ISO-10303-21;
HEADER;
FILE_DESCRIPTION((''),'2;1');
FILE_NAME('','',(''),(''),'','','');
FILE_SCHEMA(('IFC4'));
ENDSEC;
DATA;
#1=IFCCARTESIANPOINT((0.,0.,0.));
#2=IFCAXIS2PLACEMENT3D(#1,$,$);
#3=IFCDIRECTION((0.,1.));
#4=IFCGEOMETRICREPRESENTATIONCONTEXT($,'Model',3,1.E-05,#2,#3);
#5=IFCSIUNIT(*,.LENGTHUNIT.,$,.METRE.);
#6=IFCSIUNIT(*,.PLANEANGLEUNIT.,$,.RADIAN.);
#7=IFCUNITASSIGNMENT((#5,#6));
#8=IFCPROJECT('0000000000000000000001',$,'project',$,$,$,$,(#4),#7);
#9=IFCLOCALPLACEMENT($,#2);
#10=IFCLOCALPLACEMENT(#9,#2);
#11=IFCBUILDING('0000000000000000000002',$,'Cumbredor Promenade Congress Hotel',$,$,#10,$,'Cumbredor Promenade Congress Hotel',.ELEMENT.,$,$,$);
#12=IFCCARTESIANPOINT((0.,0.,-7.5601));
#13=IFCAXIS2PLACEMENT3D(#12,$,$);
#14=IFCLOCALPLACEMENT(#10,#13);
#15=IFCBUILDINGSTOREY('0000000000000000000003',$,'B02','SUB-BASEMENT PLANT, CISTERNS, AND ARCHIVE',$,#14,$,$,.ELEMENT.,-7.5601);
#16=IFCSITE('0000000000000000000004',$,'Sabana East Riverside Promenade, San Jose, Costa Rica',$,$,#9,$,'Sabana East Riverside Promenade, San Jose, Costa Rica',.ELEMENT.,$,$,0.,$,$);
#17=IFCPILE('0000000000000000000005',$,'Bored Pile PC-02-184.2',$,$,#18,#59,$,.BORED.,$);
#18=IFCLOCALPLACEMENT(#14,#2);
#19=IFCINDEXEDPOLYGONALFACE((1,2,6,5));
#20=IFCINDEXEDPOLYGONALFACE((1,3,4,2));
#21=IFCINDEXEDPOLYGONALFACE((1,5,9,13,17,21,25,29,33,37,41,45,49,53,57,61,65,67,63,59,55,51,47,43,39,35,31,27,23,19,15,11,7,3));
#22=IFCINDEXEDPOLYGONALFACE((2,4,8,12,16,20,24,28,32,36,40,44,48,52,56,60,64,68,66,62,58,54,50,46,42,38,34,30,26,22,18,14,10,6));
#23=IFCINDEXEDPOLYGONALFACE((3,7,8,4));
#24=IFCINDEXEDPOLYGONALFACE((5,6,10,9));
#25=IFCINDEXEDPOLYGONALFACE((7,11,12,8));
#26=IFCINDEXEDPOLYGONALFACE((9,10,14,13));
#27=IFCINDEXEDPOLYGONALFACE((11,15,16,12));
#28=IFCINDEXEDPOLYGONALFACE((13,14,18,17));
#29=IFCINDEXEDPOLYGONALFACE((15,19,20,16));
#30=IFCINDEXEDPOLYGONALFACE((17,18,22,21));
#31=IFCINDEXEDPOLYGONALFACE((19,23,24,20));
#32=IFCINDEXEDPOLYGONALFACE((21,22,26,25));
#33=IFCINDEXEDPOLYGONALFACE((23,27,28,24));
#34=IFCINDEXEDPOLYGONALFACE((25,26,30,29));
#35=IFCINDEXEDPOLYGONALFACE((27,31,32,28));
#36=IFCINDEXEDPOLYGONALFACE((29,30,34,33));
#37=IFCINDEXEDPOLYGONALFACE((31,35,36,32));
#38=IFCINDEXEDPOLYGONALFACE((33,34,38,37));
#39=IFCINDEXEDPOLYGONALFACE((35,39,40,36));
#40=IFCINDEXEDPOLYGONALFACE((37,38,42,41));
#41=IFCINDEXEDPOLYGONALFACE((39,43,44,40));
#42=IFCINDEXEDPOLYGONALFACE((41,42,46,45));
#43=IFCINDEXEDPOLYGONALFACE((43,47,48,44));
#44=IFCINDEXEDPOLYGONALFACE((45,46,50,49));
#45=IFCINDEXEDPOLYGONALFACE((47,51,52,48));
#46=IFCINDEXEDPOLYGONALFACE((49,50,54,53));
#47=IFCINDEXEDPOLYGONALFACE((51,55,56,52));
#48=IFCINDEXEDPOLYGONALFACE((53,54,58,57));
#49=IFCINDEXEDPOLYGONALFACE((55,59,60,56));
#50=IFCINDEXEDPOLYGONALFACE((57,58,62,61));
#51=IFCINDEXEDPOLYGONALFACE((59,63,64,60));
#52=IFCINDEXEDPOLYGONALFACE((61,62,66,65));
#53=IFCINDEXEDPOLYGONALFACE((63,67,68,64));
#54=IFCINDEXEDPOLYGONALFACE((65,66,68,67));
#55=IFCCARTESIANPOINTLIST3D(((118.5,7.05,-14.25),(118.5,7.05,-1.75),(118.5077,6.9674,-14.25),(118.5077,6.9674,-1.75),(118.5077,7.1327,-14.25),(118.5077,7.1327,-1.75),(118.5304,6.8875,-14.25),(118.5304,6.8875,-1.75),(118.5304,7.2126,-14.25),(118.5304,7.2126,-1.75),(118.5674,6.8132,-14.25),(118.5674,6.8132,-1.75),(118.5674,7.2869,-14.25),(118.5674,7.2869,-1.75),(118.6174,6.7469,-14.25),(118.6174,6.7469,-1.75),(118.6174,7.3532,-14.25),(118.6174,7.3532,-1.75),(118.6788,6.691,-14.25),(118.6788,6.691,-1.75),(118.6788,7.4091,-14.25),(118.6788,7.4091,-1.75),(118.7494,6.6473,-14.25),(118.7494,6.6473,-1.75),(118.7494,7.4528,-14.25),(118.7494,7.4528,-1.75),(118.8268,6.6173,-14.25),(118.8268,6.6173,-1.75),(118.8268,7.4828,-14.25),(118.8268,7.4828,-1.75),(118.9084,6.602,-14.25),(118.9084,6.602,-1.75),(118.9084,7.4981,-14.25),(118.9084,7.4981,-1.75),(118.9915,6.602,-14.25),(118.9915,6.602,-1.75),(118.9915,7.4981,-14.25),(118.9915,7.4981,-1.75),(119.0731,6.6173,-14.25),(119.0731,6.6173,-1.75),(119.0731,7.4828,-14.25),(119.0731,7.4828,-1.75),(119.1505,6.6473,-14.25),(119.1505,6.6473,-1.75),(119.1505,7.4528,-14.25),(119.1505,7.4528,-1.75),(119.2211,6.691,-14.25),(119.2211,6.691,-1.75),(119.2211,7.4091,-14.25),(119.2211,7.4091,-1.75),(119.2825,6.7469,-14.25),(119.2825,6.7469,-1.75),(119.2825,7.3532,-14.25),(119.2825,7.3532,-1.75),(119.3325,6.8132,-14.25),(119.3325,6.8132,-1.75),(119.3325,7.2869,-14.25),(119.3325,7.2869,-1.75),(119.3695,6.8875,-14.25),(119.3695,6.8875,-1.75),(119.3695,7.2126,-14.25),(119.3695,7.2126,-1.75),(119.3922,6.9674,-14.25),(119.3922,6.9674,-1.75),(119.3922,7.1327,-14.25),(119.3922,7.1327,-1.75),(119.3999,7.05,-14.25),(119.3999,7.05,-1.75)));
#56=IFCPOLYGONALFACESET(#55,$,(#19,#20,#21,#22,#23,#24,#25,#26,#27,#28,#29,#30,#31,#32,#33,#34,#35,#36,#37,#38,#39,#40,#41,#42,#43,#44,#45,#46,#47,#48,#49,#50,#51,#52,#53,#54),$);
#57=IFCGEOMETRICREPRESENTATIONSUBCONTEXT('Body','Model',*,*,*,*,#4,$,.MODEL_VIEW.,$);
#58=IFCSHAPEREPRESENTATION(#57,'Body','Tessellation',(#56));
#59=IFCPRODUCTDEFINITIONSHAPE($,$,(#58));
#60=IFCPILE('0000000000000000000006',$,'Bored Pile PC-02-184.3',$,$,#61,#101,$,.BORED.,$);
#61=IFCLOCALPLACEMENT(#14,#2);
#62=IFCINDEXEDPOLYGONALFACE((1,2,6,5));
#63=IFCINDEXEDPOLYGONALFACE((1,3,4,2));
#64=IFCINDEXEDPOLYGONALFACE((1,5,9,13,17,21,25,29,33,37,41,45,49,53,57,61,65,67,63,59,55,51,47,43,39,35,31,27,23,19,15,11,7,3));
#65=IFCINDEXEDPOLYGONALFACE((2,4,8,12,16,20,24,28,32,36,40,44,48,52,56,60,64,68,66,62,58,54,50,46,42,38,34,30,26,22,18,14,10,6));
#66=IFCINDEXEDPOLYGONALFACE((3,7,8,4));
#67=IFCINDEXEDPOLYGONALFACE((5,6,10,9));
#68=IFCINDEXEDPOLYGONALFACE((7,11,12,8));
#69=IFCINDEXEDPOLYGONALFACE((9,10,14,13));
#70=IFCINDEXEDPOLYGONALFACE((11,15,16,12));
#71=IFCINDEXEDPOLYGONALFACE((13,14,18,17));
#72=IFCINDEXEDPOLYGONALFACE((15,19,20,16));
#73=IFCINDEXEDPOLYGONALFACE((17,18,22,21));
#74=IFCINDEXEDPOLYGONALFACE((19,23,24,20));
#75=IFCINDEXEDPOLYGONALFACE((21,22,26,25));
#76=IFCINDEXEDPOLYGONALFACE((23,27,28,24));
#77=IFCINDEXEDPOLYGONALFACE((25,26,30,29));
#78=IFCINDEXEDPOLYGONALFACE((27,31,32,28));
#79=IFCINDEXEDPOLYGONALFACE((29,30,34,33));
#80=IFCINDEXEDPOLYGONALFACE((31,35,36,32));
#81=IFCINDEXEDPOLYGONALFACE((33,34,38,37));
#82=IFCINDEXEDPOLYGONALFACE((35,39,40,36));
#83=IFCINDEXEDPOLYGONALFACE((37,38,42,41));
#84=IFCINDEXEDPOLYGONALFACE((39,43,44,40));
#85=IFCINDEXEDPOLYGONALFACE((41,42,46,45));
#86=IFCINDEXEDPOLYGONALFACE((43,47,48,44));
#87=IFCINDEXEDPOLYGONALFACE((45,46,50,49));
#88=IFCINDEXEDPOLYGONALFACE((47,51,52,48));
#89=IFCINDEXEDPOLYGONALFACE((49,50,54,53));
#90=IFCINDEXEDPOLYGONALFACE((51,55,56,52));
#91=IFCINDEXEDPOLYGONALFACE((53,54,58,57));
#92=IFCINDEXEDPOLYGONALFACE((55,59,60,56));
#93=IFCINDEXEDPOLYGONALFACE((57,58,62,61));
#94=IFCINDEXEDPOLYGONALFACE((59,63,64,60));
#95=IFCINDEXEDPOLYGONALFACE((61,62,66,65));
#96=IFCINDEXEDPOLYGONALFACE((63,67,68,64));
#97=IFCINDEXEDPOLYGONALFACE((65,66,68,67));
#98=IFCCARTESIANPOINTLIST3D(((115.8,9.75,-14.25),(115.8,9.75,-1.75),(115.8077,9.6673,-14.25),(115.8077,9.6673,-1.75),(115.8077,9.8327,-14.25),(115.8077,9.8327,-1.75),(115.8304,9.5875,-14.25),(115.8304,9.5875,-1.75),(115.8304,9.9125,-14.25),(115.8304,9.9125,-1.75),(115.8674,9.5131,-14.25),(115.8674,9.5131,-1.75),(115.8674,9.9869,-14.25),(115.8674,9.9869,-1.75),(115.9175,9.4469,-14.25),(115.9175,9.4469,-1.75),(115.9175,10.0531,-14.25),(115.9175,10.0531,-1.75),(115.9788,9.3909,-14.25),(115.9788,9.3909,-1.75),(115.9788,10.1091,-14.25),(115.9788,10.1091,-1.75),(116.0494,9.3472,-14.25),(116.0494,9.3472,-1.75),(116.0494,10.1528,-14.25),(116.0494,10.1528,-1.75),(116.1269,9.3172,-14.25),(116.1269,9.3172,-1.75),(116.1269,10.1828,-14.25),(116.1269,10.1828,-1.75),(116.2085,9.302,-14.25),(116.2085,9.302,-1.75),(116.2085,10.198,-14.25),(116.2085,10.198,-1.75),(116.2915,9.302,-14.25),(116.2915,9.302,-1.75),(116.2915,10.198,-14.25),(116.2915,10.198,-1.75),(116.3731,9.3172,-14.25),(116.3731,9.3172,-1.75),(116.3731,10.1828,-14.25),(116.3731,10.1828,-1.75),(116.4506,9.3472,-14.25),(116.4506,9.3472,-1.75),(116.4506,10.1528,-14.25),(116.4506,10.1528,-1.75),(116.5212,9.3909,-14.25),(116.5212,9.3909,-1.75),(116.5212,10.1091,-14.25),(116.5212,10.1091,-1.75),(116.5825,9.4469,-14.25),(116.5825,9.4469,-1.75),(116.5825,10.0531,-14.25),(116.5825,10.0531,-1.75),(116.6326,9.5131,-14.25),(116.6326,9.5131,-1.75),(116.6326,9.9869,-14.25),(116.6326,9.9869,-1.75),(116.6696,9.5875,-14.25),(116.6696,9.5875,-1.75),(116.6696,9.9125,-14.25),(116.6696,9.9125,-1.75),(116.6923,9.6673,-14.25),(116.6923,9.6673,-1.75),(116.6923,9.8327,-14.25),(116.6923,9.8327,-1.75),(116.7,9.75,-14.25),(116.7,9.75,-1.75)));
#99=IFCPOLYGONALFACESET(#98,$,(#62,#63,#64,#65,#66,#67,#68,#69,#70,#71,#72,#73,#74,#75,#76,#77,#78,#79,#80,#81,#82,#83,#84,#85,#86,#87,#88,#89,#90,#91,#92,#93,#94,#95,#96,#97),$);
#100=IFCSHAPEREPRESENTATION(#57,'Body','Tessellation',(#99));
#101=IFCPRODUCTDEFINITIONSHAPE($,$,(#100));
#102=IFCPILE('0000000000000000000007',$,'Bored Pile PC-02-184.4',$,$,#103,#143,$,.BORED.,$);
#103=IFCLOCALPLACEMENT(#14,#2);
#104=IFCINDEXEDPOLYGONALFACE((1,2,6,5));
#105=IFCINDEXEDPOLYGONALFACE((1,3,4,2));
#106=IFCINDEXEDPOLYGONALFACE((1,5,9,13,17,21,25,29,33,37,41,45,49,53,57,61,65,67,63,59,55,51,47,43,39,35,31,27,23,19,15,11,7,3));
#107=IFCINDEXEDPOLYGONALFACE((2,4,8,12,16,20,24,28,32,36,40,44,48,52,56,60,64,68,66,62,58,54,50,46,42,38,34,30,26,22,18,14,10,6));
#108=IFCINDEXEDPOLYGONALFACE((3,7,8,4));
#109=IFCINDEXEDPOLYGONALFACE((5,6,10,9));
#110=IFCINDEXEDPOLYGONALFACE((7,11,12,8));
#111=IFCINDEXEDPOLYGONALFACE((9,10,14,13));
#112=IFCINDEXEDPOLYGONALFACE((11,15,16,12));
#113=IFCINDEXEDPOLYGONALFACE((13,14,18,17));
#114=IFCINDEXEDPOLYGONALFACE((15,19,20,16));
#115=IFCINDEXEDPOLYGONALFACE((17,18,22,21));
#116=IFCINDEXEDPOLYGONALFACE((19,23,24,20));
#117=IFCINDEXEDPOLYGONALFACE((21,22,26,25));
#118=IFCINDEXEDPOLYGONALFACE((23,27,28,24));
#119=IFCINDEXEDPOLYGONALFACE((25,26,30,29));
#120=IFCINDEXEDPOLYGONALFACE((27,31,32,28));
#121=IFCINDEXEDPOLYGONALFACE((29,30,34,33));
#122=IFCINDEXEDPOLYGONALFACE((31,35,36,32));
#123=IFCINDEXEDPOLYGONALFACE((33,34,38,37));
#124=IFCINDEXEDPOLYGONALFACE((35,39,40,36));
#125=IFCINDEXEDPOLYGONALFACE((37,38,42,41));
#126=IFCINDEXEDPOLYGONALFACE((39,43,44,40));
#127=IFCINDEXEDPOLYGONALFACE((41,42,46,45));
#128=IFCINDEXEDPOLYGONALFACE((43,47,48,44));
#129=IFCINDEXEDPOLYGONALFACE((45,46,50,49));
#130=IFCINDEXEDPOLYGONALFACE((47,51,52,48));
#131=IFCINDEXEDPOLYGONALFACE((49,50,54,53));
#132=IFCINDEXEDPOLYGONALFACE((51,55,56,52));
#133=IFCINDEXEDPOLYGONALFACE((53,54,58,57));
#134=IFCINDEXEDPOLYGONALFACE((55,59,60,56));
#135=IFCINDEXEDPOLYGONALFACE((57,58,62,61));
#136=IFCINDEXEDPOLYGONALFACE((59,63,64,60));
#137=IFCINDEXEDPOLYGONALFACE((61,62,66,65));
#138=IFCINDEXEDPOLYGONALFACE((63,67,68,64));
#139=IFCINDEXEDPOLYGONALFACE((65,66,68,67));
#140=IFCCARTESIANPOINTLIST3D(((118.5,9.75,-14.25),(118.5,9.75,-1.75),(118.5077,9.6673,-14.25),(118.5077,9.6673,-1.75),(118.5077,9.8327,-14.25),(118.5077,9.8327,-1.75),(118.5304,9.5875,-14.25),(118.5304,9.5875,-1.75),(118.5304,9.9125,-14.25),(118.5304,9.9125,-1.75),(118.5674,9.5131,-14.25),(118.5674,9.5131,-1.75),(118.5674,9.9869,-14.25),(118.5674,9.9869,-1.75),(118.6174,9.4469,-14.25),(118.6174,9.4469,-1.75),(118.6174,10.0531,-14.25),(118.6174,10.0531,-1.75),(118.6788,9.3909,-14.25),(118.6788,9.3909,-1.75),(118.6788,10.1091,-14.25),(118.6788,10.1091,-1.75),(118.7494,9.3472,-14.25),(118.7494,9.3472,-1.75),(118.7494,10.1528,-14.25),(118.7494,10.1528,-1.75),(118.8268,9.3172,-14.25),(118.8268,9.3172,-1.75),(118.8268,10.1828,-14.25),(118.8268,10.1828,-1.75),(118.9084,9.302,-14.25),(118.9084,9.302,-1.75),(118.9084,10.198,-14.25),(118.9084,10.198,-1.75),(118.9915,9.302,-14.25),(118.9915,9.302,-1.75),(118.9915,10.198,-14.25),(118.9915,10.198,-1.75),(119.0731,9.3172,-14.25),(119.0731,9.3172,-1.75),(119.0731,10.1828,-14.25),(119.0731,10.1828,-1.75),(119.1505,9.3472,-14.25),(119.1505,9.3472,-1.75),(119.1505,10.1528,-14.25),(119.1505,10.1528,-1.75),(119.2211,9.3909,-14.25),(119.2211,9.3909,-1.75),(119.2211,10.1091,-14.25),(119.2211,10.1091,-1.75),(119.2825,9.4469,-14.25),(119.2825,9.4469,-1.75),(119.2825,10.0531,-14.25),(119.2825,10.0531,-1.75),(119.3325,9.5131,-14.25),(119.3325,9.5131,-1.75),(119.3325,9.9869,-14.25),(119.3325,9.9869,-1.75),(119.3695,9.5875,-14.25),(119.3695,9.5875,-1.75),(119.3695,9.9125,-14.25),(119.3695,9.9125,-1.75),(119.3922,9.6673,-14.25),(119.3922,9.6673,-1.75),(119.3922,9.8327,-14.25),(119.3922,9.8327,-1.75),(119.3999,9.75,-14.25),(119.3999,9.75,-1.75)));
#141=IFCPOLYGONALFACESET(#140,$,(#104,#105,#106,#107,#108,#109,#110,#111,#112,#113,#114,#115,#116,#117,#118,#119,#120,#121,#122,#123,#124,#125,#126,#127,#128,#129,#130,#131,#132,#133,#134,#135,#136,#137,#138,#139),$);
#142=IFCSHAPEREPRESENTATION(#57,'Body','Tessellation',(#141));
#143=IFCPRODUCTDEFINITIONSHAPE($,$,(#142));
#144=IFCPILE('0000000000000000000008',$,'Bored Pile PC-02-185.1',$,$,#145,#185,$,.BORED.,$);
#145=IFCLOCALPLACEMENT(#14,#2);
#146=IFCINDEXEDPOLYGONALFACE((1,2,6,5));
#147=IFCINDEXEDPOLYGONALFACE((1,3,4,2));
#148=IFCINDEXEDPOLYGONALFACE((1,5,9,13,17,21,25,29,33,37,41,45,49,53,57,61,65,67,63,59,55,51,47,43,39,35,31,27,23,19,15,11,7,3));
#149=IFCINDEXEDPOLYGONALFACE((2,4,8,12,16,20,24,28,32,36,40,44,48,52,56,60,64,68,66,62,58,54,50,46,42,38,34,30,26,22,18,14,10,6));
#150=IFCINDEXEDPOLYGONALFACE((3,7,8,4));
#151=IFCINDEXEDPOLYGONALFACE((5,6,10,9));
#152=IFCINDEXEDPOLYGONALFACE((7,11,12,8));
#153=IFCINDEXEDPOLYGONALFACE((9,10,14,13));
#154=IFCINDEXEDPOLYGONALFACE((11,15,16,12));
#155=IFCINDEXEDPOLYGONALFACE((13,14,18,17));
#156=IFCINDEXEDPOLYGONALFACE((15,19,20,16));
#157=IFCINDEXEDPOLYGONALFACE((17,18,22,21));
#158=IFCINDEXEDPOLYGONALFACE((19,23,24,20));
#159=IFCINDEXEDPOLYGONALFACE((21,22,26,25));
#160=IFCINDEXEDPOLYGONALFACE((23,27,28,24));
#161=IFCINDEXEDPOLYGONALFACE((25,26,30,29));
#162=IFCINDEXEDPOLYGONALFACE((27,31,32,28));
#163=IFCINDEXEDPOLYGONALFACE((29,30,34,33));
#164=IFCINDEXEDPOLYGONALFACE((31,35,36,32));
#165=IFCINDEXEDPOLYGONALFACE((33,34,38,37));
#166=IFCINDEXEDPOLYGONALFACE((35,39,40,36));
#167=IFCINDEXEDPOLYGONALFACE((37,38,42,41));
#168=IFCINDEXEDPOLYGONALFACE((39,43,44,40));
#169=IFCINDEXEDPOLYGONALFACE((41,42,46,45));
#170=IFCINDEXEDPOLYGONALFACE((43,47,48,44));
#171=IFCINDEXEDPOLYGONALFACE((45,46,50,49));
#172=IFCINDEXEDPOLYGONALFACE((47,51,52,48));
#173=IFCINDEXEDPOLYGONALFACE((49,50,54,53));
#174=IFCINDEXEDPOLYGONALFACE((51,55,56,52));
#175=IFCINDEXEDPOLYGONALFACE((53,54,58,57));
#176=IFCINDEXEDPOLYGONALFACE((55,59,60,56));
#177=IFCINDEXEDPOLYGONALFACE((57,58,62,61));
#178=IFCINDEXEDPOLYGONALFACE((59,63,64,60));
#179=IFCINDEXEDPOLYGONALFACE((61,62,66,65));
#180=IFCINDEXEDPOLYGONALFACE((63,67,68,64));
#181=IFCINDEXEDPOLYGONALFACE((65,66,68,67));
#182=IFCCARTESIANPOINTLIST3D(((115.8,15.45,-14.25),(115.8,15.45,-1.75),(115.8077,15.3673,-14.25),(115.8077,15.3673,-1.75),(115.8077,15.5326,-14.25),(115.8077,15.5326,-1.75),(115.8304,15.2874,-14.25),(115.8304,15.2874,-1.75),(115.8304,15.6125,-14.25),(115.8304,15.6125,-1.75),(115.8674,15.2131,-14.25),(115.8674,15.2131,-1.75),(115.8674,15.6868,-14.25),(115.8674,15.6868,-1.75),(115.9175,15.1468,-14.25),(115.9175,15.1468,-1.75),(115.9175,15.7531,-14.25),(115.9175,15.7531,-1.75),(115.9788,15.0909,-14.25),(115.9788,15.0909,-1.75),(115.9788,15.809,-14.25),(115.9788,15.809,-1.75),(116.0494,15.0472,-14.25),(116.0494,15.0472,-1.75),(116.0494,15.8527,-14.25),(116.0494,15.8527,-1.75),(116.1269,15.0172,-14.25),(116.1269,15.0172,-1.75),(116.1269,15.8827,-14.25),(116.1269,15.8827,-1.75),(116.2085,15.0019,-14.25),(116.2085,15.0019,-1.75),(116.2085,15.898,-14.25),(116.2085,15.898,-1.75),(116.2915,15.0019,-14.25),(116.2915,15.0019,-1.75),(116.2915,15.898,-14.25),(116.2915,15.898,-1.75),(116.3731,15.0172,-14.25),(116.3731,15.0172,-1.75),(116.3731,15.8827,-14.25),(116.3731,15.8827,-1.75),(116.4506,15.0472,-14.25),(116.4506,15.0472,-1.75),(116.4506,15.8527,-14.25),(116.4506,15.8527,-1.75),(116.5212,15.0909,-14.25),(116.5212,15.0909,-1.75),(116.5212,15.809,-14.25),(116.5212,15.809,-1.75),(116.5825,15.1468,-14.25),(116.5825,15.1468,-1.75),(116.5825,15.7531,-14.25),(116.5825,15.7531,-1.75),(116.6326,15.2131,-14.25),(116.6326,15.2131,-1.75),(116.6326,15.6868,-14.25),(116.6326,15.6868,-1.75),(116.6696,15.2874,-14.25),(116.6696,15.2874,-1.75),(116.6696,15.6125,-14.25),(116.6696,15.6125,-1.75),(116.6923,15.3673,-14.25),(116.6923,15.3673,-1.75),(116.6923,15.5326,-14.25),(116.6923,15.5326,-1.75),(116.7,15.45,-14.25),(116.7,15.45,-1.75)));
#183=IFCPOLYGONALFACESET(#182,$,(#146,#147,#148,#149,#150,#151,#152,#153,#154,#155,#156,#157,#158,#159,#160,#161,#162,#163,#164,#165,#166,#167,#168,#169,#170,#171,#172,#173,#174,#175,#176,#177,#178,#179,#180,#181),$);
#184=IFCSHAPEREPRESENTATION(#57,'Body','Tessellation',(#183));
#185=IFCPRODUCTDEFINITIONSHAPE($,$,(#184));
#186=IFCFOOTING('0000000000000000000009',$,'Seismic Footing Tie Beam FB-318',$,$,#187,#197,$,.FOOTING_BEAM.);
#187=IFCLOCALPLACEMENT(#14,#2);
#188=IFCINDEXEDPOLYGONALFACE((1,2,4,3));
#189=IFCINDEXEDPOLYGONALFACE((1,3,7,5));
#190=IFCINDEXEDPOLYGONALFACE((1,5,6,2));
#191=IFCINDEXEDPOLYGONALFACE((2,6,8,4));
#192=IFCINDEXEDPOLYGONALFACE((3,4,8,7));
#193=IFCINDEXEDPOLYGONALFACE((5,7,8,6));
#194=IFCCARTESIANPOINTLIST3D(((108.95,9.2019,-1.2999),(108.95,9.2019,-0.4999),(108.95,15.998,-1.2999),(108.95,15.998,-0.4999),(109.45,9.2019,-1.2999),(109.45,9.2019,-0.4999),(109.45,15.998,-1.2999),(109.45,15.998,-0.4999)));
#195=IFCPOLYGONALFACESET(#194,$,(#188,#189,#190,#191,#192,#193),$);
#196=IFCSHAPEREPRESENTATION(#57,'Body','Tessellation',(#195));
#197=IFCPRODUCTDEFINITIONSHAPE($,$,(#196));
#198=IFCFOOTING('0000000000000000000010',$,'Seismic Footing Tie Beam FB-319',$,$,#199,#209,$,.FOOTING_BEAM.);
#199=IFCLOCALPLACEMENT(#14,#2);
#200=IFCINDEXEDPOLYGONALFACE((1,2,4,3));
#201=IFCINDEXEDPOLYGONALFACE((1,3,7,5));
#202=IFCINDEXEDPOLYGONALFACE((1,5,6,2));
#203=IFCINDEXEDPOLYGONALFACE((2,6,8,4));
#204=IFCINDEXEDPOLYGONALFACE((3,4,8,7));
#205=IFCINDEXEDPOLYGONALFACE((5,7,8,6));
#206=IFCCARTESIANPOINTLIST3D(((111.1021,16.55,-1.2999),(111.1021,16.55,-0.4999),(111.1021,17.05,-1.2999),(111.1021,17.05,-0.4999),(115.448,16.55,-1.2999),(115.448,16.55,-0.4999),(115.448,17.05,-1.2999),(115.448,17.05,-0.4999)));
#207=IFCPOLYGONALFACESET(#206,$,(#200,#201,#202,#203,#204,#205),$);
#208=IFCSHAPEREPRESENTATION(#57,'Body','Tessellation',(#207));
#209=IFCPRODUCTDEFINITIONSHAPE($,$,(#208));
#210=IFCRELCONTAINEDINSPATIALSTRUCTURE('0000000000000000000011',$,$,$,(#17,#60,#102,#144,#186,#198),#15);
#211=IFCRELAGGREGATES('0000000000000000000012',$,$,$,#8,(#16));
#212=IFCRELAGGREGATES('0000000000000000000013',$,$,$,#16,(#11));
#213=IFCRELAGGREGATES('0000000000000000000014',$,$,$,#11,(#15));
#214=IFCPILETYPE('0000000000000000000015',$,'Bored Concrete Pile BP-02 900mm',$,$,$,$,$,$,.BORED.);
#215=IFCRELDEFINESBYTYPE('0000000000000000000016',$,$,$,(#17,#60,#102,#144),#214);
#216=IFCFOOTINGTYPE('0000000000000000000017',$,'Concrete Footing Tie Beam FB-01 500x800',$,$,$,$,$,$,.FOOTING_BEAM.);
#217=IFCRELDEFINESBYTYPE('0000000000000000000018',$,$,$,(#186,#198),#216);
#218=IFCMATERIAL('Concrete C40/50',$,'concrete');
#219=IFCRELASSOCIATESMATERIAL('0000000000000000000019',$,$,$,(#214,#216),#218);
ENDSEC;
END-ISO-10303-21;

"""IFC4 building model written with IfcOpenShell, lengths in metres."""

from ifc_helpers import new_model, si_unit, direction, frame, origin, origin_2d, place, context, subcontext, project, spatial, rectangle, circle, extrude, material, material_profile, profile_set, type_object, element, save


model = new_model("IFC4")

# Units and contexts
model_context = context("Model", 3, precision=1e-05, world=origin(), true_north=direction((0.0, 1.0)))
body_context = subcontext(model_context, "Body", "Model", "MODEL_VIEW")
ifc_project = project(units=[si_unit("LENGTHUNIT", "METRE"), si_unit("PLANEANGLEUNIT", "RADIAN")], contexts=[model_context])

# Site, building, storey
site_placement = place(None, origin())
site = spatial("IfcSite", under=ifc_project, at=site_placement, Name="Sabana East Riverside Promenade, San Jose, Costa Rica", LongName="Sabana East Riverside Promenade, San Jose, Costa Rica", CompositionType="ELEMENT", RefElevation=0.0)
building_placement = place(site_placement, origin())
building = spatial("IfcBuilding", under=site, at=building_placement, Name="Cumbredor Promenade Congress Hotel", LongName="Cumbredor Promenade Congress Hotel", CompositionType="ELEMENT")
storey_placement = place(building_placement, frame((0.0, 0.0, -7.5601)))
storey = spatial("IfcBuildingStorey", under=building, at=storey_placement, Name="B02", Description="SUB-BASEMENT PLANT, CISTERNS, AND ARCHIVE", CompositionType="ELEMENT", Elevation=-7.5601)

# Piles
ifc_material_1 = material(Name="Concrete C40/50", Category="concrete")
ifc_material_profile_1 = material_profile(ifc_material_1, circle(Radius=0.45, at=origin_2d()), Name="PILE D900")
ifc_profile_set_1 = profile_set([ifc_material_profile_1], Name="Concrete C40/50")
pile_type_1 = type_object("IfcPileType", Name="Bored Concrete Pile BP-02 900mm", PredefinedType="BORED", material=ifc_profile_set_1)
for number, where, z_axis, x_axis, name in (
    (1, (118.95, 7.05, -1.75), (0.0, 0.0, -1.0), (1.0, 0.0, 0.0), "Bored Pile PC-02-184.2"),
    (2, (116.25, 9.75, -1.75), (0.0, 0.0, -1.0), (1.0, 0.0, 0.0), "Bored Pile PC-02-184.3"),
    (3, (118.95, 9.75, -1.75), (0.0, 0.0, -1.0), (1.0, 0.0, 0.0), "Bored Pile PC-02-184.4"),
    (4, (116.25, 15.45, -1.75), (0.0, 0.0, -1.0), (1.0, 0.0, 0.0), "Bored Pile PC-02-185.1"),
):
    element("IfcPile", number, at=place(storey_placement, frame(where, z_axis=z_axis, x_axis=x_axis)), inside=storey, type_object=pile_type_1, Name=name, PredefinedType="BORED", context=body_context, shape_type="SweptSolid", body=[
        extrude(circle(Radius=0.45, at=origin_2d()), origin(), (0.0, 0.0, 1.0), 12.5),
    ])

# Footings
ifc_material_profile_2 = material_profile(ifc_material_1, rectangle(XDim=0.5, YDim=0.8, at=origin_2d()), Name="FB 500x800")
ifc_profile_set_2 = profile_set([ifc_material_profile_2], Name="Concrete C40/50")
footing_type_1 = type_object("IfcFootingType", Name="Concrete Footing Tie Beam FB-01 500x800", PredefinedType="FOOTING_BEAM", material=ifc_profile_set_2)
footing_1_placement = place(storey_placement, frame((109.2, 9.2019, -0.8999), z_axis=(0.0, 1.0, 0.0), x_axis=(-1.0, 0.0, 0.0)))
element("IfcFooting", 5, at=footing_1_placement, inside=storey, type_object=footing_type_1, Name="Seismic Footing Tie Beam FB-318", PredefinedType="FOOTING_BEAM", context=body_context, shape_type="SweptSolid", body=[
    extrude(rectangle(XDim=0.5, YDim=0.8, at=origin_2d()), origin(), (0.0, 0.0, 1.0), 6.7961),
])
footing_2_placement = place(storey_placement, frame((111.1021, 16.8, -0.8999), z_axis=(1.0, 0.0, 0.0), x_axis=(0.0, 1.0, 0.0)))
element("IfcFooting", 6, at=footing_2_placement, inside=storey, type_object=footing_type_1, Name="Seismic Footing Tie Beam FB-319", PredefinedType="FOOTING_BEAM", context=body_context, shape_type="SweptSolid", body=[
    extrude(rectangle(XDim=0.5, YDim=0.8, at=origin_2d()), origin(), (0.0, 0.0, 1.0), 4.3459),
])

save(model, "model.ifc")
